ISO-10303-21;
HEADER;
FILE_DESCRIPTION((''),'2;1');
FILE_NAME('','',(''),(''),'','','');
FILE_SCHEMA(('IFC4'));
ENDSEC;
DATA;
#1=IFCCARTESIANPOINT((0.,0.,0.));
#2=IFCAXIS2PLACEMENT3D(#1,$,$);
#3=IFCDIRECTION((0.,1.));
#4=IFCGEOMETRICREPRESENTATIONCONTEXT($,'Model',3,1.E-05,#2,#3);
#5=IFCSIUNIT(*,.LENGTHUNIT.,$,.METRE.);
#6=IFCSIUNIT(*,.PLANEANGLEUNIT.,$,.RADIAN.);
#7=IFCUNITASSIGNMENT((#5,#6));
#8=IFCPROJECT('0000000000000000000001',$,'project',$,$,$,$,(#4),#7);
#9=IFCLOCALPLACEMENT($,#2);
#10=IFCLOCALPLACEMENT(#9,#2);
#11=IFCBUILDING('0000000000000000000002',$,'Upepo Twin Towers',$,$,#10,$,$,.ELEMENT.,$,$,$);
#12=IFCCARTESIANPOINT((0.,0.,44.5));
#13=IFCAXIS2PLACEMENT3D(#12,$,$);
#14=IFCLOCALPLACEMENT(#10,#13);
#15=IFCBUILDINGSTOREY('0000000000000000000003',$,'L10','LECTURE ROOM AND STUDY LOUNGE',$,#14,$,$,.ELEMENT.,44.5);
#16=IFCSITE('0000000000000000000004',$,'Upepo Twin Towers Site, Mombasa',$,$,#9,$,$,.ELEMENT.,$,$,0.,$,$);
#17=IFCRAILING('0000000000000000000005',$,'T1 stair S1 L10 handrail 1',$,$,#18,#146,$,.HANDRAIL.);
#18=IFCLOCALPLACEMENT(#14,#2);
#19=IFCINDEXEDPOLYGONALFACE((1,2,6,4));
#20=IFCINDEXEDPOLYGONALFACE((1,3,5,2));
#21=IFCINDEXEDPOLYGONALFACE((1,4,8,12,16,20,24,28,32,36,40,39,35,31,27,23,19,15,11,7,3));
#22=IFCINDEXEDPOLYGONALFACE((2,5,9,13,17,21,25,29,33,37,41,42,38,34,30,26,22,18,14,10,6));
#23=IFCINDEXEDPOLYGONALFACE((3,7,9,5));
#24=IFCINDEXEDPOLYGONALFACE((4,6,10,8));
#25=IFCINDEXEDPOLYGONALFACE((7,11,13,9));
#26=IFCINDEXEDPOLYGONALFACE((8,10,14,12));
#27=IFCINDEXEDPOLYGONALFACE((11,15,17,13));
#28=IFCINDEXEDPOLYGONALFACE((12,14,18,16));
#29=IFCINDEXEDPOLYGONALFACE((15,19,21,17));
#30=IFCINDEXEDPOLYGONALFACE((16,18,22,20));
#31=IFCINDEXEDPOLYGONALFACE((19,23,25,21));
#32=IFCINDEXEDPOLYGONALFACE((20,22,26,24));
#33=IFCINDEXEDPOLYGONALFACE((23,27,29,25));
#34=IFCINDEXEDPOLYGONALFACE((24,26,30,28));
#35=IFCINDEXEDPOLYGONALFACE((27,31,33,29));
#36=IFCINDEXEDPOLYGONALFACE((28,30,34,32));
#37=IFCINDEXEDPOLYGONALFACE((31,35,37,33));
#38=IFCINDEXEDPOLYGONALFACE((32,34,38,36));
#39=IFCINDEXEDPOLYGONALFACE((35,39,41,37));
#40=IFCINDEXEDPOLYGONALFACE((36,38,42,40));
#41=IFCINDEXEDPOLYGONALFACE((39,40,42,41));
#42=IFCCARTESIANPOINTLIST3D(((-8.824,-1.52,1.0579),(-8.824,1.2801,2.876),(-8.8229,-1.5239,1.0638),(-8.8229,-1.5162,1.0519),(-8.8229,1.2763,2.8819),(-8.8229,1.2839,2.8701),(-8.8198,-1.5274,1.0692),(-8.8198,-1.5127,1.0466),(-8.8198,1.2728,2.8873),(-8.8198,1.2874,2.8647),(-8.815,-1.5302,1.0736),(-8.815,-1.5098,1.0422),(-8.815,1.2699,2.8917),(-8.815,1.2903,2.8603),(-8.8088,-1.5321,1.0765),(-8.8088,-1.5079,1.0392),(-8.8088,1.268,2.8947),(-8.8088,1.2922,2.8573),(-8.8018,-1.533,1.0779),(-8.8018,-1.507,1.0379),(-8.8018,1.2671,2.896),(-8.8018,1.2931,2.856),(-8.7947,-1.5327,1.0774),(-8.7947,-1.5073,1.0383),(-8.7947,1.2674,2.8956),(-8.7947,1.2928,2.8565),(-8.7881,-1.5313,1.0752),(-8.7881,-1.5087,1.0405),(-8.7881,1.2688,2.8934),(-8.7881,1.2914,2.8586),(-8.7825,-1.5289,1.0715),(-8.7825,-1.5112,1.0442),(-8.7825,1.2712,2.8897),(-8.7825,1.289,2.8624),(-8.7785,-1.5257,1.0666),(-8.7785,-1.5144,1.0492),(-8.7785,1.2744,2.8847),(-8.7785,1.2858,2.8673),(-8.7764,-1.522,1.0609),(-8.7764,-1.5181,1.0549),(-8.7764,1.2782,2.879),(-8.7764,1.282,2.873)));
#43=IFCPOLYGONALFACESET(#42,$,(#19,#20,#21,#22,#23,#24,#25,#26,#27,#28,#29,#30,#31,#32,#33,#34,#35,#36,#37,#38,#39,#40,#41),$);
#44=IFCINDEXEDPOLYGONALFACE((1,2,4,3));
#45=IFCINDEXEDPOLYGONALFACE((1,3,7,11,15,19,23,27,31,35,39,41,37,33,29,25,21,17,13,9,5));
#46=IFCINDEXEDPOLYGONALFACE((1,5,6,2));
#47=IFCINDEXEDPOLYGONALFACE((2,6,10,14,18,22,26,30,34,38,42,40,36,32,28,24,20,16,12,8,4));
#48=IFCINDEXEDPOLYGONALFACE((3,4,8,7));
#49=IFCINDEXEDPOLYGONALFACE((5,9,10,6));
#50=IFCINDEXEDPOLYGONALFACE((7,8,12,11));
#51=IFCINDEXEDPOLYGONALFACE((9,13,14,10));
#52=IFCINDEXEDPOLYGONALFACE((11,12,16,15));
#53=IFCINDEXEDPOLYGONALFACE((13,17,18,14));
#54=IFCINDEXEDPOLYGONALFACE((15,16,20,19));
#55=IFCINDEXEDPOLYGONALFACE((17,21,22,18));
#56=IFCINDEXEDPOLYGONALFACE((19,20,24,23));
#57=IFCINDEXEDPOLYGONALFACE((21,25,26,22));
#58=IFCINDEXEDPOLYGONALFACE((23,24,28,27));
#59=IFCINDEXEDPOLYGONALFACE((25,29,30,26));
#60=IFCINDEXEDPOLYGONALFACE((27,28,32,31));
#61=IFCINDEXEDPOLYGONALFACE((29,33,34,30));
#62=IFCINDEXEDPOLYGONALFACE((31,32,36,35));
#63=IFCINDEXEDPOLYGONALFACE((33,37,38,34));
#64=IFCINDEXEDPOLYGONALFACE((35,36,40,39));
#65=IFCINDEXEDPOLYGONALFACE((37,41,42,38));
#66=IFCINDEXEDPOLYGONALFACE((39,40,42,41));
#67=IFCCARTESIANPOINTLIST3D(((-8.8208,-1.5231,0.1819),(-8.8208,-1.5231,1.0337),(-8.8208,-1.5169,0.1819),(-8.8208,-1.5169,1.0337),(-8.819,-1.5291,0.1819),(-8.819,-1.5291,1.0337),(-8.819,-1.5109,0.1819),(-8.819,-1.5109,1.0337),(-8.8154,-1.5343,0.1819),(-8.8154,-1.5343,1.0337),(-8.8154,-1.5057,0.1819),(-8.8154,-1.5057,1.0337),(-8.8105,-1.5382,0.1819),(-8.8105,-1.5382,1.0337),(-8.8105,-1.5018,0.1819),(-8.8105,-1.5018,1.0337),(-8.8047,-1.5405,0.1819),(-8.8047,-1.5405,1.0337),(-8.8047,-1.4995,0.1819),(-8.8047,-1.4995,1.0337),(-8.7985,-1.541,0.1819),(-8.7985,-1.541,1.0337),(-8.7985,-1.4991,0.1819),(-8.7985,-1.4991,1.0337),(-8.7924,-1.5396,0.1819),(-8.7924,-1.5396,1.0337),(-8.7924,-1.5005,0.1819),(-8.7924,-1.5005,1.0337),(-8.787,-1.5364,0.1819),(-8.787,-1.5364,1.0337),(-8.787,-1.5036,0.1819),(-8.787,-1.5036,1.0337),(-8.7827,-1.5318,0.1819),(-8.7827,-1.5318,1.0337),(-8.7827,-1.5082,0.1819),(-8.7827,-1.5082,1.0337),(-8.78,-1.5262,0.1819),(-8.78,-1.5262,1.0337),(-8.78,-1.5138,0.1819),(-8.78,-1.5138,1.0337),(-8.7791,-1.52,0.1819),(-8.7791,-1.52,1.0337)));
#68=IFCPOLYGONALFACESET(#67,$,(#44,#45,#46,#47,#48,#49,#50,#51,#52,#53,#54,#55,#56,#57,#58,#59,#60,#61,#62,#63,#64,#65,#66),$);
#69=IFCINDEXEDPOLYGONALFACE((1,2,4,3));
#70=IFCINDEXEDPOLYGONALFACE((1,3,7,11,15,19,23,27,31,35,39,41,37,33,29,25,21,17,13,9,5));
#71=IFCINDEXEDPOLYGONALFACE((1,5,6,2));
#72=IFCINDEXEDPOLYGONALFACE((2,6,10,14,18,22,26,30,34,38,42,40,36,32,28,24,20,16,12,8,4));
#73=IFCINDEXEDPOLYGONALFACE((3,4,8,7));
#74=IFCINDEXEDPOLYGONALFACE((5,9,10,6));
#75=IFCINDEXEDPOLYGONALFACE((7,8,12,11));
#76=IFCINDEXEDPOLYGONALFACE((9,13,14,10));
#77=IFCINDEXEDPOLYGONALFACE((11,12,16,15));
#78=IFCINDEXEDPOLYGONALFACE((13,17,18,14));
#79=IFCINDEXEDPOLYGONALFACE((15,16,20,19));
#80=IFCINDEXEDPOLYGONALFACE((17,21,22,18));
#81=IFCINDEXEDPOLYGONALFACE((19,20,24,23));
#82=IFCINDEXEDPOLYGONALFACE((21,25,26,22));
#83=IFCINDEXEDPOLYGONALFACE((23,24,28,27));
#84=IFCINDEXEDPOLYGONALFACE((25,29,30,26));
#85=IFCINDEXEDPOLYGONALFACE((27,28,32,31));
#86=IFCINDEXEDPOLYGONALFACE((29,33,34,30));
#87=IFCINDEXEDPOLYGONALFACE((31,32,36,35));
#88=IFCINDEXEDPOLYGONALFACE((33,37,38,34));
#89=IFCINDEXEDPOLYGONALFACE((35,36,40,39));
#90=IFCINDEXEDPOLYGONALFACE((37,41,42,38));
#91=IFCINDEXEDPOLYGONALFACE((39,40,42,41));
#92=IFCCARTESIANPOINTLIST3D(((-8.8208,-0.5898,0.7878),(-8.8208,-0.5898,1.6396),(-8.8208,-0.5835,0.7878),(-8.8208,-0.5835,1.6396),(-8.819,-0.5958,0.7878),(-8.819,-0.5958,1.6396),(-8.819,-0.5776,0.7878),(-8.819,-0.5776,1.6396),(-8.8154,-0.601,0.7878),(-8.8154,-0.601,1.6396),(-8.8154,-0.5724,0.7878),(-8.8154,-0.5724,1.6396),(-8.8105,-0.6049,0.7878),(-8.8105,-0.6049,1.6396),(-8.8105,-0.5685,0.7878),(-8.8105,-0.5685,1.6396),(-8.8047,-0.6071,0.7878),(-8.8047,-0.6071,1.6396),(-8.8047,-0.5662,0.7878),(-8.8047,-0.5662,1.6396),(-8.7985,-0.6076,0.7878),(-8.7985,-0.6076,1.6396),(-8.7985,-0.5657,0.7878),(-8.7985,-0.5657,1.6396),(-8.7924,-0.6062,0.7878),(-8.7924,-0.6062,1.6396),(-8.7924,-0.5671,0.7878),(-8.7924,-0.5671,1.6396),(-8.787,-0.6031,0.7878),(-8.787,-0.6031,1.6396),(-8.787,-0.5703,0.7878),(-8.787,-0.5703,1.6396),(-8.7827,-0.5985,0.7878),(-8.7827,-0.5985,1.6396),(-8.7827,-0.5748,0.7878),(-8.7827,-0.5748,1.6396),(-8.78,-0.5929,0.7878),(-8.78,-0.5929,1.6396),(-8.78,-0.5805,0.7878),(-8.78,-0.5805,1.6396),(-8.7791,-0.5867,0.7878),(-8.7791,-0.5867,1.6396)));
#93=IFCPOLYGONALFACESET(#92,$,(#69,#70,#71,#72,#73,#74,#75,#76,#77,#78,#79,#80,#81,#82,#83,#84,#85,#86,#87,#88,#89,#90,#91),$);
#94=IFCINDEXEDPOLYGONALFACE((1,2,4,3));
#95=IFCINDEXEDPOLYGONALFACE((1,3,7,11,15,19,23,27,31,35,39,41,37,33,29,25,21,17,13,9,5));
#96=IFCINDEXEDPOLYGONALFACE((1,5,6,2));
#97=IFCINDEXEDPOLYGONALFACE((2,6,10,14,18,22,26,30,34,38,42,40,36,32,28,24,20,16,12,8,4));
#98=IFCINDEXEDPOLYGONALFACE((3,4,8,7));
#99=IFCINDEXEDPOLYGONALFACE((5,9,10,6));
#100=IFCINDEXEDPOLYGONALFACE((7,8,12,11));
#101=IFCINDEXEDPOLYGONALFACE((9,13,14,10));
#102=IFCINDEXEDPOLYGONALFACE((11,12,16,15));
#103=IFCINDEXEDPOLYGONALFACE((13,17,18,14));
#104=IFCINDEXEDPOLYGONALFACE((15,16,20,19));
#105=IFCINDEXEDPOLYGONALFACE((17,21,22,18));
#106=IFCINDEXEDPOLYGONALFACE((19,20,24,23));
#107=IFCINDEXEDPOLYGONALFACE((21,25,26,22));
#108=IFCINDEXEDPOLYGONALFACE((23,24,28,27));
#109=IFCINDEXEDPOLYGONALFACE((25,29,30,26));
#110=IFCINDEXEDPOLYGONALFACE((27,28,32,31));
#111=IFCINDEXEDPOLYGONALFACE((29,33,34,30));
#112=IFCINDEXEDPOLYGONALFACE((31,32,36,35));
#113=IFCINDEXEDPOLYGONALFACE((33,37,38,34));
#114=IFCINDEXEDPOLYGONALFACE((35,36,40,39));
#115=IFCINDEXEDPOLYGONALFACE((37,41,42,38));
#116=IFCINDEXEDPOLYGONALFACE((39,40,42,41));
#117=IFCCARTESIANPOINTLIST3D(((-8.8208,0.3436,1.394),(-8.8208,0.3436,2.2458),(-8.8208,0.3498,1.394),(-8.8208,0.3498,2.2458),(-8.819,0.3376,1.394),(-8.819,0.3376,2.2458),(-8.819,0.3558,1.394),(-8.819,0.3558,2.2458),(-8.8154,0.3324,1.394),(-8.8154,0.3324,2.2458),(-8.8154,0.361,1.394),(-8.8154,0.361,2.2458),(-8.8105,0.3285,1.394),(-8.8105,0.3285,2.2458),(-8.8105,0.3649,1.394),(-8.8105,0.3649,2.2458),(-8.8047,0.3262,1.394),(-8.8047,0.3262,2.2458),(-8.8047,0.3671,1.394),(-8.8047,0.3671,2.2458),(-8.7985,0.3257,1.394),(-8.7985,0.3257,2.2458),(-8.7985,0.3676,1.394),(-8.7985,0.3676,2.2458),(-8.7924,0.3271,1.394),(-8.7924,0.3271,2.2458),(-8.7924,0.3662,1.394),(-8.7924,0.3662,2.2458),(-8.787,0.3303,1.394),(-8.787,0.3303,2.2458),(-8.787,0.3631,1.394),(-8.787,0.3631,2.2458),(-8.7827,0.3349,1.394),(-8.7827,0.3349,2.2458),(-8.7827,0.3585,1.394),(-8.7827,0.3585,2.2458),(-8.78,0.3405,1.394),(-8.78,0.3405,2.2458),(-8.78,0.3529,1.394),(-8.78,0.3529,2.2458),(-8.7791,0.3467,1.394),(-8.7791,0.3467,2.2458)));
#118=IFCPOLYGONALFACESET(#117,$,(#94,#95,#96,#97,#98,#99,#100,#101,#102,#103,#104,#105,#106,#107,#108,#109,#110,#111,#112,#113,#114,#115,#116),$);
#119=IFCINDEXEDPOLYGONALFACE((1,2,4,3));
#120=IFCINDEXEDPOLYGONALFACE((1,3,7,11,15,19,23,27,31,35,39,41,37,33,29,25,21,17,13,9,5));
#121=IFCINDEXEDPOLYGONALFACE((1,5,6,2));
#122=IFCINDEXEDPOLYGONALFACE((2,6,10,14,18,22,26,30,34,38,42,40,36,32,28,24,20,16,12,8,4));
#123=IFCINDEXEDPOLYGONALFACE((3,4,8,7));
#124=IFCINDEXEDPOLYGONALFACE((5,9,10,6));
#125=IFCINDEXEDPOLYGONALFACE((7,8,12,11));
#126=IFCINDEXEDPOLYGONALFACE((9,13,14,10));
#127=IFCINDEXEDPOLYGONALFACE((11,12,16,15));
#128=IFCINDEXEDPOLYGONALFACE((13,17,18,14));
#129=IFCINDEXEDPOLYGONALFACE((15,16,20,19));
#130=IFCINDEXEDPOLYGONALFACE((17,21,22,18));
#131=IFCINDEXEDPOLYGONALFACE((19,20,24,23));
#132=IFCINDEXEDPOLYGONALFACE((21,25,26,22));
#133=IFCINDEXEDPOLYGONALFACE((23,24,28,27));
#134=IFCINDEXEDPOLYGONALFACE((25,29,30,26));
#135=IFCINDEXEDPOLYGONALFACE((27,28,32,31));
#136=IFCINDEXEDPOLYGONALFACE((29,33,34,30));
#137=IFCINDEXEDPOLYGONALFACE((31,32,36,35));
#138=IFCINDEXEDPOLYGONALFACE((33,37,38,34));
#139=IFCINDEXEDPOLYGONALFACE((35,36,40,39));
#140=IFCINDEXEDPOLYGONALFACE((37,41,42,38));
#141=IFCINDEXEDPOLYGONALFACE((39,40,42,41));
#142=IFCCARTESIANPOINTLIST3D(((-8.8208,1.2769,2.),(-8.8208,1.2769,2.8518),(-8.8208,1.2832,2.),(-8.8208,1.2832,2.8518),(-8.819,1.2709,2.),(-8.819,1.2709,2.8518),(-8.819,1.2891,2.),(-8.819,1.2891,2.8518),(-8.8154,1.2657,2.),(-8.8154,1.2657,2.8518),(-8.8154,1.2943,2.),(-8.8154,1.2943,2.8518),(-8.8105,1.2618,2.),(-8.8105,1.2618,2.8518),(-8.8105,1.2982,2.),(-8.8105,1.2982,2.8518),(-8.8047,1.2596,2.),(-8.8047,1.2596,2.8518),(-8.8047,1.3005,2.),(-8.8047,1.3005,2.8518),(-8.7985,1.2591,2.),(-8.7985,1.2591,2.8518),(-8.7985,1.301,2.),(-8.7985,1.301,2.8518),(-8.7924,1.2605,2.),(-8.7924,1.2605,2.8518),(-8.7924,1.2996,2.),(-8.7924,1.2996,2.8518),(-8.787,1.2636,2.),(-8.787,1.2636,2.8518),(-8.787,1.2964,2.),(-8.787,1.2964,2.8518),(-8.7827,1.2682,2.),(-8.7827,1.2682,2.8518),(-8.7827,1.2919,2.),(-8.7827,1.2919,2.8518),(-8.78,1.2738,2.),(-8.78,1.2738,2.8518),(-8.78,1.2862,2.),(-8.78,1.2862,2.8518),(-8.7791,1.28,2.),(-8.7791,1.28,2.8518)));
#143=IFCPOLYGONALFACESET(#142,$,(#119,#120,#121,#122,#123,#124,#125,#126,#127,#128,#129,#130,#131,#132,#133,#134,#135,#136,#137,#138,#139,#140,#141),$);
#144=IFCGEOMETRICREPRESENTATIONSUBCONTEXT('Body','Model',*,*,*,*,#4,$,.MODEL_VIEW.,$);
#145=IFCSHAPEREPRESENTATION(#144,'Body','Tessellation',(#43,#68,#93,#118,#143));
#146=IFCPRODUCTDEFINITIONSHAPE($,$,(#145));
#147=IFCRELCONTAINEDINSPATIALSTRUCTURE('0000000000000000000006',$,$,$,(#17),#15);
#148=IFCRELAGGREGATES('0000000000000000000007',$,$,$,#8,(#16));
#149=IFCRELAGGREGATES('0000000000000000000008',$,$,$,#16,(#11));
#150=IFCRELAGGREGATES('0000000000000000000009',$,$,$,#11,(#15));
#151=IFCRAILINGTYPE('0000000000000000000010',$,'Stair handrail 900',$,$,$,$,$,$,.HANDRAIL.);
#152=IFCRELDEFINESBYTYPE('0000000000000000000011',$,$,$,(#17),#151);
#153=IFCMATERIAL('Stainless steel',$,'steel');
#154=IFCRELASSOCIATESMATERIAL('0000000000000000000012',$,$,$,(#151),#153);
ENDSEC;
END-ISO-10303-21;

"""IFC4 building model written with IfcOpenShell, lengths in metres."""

from ifc_helpers import new_model, si_unit, direction, frame, origin, origin_2d, place, context, subcontext, project, spatial, circle, extrude, material, type_object, element, save


model = new_model("IFC4")

# Units and contexts
model_context = context("Model", 3, precision=1e-05, world=origin(), true_north=direction((0.0, 1.0)))
body_context = subcontext(model_context, "Body", "Model", "MODEL_VIEW")
ifc_project = project(units=[si_unit("LENGTHUNIT", "METRE"), si_unit("PLANEANGLEUNIT", "RADIAN")], contexts=[model_context])

# Site, building, storey
site_placement = place(None, origin())
site = spatial("IfcSite", under=ifc_project, at=site_placement, Name="Upepo Twin Towers Site, Mombasa", CompositionType="ELEMENT", RefElevation=0.0)
building_placement = place(site_placement, origin())
building = spatial("IfcBuilding", under=site, at=building_placement, Name="Upepo Twin Towers", CompositionType="ELEMENT")
storey_placement = place(building_placement, frame((0.0, 0.0, 44.5)))
storey = spatial("IfcBuildingStorey", under=building, at=storey_placement, Name="L10", Description="LECTURE ROOM AND STUDY LOUNGE", CompositionType="ELEMENT", Elevation=44.5)

# Railing
ifc_material_1 = material(Name="Stainless steel", Category="steel")
railing_type = type_object("IfcRailingType", Name="Stair handrail 900", PredefinedType="HANDRAIL", material=ifc_material_1)
railing_placement = place(storey_placement, frame((-8.8, -1.52, 0.1819)))
element("IfcRailing", 1, at=railing_placement, inside=storey, type_object=railing_type, Name="T1 stair S1 L10 handrail 1", PredefinedType="HANDRAIL", context=body_context, shape_type="SweptSolid", body=[
    extrude(circle(Radius=0.0239, at=origin_2d()), frame((0.0, 0.0, 0.876), z_axis=(0.0, 0.838706, 0.544585), x_axis=(-1.0, 0.0, 0.0)), (0.0, 0.0, 1.0), 3.3386),
    extrude(circle(Radius=0.021, at=origin_2d()), origin(), (0.0, 0.0, 1.0), 0.8518),
    extrude(circle(Radius=0.021, at=origin_2d()), frame((0.0, 0.9333, 0.606)), (0.0, 0.0, 1.0), 0.8518),
    extrude(circle(Radius=0.021, at=origin_2d()), frame((0.0, 1.8667, 1.2122)), (0.0, 0.0, 1.0), 0.8518),
    extrude(circle(Radius=0.021, at=origin_2d()), frame((0.0, 2.8, 1.8181)), (0.0, 0.0, 1.0), 0.8518),
])

save(model, "model.ifc")
